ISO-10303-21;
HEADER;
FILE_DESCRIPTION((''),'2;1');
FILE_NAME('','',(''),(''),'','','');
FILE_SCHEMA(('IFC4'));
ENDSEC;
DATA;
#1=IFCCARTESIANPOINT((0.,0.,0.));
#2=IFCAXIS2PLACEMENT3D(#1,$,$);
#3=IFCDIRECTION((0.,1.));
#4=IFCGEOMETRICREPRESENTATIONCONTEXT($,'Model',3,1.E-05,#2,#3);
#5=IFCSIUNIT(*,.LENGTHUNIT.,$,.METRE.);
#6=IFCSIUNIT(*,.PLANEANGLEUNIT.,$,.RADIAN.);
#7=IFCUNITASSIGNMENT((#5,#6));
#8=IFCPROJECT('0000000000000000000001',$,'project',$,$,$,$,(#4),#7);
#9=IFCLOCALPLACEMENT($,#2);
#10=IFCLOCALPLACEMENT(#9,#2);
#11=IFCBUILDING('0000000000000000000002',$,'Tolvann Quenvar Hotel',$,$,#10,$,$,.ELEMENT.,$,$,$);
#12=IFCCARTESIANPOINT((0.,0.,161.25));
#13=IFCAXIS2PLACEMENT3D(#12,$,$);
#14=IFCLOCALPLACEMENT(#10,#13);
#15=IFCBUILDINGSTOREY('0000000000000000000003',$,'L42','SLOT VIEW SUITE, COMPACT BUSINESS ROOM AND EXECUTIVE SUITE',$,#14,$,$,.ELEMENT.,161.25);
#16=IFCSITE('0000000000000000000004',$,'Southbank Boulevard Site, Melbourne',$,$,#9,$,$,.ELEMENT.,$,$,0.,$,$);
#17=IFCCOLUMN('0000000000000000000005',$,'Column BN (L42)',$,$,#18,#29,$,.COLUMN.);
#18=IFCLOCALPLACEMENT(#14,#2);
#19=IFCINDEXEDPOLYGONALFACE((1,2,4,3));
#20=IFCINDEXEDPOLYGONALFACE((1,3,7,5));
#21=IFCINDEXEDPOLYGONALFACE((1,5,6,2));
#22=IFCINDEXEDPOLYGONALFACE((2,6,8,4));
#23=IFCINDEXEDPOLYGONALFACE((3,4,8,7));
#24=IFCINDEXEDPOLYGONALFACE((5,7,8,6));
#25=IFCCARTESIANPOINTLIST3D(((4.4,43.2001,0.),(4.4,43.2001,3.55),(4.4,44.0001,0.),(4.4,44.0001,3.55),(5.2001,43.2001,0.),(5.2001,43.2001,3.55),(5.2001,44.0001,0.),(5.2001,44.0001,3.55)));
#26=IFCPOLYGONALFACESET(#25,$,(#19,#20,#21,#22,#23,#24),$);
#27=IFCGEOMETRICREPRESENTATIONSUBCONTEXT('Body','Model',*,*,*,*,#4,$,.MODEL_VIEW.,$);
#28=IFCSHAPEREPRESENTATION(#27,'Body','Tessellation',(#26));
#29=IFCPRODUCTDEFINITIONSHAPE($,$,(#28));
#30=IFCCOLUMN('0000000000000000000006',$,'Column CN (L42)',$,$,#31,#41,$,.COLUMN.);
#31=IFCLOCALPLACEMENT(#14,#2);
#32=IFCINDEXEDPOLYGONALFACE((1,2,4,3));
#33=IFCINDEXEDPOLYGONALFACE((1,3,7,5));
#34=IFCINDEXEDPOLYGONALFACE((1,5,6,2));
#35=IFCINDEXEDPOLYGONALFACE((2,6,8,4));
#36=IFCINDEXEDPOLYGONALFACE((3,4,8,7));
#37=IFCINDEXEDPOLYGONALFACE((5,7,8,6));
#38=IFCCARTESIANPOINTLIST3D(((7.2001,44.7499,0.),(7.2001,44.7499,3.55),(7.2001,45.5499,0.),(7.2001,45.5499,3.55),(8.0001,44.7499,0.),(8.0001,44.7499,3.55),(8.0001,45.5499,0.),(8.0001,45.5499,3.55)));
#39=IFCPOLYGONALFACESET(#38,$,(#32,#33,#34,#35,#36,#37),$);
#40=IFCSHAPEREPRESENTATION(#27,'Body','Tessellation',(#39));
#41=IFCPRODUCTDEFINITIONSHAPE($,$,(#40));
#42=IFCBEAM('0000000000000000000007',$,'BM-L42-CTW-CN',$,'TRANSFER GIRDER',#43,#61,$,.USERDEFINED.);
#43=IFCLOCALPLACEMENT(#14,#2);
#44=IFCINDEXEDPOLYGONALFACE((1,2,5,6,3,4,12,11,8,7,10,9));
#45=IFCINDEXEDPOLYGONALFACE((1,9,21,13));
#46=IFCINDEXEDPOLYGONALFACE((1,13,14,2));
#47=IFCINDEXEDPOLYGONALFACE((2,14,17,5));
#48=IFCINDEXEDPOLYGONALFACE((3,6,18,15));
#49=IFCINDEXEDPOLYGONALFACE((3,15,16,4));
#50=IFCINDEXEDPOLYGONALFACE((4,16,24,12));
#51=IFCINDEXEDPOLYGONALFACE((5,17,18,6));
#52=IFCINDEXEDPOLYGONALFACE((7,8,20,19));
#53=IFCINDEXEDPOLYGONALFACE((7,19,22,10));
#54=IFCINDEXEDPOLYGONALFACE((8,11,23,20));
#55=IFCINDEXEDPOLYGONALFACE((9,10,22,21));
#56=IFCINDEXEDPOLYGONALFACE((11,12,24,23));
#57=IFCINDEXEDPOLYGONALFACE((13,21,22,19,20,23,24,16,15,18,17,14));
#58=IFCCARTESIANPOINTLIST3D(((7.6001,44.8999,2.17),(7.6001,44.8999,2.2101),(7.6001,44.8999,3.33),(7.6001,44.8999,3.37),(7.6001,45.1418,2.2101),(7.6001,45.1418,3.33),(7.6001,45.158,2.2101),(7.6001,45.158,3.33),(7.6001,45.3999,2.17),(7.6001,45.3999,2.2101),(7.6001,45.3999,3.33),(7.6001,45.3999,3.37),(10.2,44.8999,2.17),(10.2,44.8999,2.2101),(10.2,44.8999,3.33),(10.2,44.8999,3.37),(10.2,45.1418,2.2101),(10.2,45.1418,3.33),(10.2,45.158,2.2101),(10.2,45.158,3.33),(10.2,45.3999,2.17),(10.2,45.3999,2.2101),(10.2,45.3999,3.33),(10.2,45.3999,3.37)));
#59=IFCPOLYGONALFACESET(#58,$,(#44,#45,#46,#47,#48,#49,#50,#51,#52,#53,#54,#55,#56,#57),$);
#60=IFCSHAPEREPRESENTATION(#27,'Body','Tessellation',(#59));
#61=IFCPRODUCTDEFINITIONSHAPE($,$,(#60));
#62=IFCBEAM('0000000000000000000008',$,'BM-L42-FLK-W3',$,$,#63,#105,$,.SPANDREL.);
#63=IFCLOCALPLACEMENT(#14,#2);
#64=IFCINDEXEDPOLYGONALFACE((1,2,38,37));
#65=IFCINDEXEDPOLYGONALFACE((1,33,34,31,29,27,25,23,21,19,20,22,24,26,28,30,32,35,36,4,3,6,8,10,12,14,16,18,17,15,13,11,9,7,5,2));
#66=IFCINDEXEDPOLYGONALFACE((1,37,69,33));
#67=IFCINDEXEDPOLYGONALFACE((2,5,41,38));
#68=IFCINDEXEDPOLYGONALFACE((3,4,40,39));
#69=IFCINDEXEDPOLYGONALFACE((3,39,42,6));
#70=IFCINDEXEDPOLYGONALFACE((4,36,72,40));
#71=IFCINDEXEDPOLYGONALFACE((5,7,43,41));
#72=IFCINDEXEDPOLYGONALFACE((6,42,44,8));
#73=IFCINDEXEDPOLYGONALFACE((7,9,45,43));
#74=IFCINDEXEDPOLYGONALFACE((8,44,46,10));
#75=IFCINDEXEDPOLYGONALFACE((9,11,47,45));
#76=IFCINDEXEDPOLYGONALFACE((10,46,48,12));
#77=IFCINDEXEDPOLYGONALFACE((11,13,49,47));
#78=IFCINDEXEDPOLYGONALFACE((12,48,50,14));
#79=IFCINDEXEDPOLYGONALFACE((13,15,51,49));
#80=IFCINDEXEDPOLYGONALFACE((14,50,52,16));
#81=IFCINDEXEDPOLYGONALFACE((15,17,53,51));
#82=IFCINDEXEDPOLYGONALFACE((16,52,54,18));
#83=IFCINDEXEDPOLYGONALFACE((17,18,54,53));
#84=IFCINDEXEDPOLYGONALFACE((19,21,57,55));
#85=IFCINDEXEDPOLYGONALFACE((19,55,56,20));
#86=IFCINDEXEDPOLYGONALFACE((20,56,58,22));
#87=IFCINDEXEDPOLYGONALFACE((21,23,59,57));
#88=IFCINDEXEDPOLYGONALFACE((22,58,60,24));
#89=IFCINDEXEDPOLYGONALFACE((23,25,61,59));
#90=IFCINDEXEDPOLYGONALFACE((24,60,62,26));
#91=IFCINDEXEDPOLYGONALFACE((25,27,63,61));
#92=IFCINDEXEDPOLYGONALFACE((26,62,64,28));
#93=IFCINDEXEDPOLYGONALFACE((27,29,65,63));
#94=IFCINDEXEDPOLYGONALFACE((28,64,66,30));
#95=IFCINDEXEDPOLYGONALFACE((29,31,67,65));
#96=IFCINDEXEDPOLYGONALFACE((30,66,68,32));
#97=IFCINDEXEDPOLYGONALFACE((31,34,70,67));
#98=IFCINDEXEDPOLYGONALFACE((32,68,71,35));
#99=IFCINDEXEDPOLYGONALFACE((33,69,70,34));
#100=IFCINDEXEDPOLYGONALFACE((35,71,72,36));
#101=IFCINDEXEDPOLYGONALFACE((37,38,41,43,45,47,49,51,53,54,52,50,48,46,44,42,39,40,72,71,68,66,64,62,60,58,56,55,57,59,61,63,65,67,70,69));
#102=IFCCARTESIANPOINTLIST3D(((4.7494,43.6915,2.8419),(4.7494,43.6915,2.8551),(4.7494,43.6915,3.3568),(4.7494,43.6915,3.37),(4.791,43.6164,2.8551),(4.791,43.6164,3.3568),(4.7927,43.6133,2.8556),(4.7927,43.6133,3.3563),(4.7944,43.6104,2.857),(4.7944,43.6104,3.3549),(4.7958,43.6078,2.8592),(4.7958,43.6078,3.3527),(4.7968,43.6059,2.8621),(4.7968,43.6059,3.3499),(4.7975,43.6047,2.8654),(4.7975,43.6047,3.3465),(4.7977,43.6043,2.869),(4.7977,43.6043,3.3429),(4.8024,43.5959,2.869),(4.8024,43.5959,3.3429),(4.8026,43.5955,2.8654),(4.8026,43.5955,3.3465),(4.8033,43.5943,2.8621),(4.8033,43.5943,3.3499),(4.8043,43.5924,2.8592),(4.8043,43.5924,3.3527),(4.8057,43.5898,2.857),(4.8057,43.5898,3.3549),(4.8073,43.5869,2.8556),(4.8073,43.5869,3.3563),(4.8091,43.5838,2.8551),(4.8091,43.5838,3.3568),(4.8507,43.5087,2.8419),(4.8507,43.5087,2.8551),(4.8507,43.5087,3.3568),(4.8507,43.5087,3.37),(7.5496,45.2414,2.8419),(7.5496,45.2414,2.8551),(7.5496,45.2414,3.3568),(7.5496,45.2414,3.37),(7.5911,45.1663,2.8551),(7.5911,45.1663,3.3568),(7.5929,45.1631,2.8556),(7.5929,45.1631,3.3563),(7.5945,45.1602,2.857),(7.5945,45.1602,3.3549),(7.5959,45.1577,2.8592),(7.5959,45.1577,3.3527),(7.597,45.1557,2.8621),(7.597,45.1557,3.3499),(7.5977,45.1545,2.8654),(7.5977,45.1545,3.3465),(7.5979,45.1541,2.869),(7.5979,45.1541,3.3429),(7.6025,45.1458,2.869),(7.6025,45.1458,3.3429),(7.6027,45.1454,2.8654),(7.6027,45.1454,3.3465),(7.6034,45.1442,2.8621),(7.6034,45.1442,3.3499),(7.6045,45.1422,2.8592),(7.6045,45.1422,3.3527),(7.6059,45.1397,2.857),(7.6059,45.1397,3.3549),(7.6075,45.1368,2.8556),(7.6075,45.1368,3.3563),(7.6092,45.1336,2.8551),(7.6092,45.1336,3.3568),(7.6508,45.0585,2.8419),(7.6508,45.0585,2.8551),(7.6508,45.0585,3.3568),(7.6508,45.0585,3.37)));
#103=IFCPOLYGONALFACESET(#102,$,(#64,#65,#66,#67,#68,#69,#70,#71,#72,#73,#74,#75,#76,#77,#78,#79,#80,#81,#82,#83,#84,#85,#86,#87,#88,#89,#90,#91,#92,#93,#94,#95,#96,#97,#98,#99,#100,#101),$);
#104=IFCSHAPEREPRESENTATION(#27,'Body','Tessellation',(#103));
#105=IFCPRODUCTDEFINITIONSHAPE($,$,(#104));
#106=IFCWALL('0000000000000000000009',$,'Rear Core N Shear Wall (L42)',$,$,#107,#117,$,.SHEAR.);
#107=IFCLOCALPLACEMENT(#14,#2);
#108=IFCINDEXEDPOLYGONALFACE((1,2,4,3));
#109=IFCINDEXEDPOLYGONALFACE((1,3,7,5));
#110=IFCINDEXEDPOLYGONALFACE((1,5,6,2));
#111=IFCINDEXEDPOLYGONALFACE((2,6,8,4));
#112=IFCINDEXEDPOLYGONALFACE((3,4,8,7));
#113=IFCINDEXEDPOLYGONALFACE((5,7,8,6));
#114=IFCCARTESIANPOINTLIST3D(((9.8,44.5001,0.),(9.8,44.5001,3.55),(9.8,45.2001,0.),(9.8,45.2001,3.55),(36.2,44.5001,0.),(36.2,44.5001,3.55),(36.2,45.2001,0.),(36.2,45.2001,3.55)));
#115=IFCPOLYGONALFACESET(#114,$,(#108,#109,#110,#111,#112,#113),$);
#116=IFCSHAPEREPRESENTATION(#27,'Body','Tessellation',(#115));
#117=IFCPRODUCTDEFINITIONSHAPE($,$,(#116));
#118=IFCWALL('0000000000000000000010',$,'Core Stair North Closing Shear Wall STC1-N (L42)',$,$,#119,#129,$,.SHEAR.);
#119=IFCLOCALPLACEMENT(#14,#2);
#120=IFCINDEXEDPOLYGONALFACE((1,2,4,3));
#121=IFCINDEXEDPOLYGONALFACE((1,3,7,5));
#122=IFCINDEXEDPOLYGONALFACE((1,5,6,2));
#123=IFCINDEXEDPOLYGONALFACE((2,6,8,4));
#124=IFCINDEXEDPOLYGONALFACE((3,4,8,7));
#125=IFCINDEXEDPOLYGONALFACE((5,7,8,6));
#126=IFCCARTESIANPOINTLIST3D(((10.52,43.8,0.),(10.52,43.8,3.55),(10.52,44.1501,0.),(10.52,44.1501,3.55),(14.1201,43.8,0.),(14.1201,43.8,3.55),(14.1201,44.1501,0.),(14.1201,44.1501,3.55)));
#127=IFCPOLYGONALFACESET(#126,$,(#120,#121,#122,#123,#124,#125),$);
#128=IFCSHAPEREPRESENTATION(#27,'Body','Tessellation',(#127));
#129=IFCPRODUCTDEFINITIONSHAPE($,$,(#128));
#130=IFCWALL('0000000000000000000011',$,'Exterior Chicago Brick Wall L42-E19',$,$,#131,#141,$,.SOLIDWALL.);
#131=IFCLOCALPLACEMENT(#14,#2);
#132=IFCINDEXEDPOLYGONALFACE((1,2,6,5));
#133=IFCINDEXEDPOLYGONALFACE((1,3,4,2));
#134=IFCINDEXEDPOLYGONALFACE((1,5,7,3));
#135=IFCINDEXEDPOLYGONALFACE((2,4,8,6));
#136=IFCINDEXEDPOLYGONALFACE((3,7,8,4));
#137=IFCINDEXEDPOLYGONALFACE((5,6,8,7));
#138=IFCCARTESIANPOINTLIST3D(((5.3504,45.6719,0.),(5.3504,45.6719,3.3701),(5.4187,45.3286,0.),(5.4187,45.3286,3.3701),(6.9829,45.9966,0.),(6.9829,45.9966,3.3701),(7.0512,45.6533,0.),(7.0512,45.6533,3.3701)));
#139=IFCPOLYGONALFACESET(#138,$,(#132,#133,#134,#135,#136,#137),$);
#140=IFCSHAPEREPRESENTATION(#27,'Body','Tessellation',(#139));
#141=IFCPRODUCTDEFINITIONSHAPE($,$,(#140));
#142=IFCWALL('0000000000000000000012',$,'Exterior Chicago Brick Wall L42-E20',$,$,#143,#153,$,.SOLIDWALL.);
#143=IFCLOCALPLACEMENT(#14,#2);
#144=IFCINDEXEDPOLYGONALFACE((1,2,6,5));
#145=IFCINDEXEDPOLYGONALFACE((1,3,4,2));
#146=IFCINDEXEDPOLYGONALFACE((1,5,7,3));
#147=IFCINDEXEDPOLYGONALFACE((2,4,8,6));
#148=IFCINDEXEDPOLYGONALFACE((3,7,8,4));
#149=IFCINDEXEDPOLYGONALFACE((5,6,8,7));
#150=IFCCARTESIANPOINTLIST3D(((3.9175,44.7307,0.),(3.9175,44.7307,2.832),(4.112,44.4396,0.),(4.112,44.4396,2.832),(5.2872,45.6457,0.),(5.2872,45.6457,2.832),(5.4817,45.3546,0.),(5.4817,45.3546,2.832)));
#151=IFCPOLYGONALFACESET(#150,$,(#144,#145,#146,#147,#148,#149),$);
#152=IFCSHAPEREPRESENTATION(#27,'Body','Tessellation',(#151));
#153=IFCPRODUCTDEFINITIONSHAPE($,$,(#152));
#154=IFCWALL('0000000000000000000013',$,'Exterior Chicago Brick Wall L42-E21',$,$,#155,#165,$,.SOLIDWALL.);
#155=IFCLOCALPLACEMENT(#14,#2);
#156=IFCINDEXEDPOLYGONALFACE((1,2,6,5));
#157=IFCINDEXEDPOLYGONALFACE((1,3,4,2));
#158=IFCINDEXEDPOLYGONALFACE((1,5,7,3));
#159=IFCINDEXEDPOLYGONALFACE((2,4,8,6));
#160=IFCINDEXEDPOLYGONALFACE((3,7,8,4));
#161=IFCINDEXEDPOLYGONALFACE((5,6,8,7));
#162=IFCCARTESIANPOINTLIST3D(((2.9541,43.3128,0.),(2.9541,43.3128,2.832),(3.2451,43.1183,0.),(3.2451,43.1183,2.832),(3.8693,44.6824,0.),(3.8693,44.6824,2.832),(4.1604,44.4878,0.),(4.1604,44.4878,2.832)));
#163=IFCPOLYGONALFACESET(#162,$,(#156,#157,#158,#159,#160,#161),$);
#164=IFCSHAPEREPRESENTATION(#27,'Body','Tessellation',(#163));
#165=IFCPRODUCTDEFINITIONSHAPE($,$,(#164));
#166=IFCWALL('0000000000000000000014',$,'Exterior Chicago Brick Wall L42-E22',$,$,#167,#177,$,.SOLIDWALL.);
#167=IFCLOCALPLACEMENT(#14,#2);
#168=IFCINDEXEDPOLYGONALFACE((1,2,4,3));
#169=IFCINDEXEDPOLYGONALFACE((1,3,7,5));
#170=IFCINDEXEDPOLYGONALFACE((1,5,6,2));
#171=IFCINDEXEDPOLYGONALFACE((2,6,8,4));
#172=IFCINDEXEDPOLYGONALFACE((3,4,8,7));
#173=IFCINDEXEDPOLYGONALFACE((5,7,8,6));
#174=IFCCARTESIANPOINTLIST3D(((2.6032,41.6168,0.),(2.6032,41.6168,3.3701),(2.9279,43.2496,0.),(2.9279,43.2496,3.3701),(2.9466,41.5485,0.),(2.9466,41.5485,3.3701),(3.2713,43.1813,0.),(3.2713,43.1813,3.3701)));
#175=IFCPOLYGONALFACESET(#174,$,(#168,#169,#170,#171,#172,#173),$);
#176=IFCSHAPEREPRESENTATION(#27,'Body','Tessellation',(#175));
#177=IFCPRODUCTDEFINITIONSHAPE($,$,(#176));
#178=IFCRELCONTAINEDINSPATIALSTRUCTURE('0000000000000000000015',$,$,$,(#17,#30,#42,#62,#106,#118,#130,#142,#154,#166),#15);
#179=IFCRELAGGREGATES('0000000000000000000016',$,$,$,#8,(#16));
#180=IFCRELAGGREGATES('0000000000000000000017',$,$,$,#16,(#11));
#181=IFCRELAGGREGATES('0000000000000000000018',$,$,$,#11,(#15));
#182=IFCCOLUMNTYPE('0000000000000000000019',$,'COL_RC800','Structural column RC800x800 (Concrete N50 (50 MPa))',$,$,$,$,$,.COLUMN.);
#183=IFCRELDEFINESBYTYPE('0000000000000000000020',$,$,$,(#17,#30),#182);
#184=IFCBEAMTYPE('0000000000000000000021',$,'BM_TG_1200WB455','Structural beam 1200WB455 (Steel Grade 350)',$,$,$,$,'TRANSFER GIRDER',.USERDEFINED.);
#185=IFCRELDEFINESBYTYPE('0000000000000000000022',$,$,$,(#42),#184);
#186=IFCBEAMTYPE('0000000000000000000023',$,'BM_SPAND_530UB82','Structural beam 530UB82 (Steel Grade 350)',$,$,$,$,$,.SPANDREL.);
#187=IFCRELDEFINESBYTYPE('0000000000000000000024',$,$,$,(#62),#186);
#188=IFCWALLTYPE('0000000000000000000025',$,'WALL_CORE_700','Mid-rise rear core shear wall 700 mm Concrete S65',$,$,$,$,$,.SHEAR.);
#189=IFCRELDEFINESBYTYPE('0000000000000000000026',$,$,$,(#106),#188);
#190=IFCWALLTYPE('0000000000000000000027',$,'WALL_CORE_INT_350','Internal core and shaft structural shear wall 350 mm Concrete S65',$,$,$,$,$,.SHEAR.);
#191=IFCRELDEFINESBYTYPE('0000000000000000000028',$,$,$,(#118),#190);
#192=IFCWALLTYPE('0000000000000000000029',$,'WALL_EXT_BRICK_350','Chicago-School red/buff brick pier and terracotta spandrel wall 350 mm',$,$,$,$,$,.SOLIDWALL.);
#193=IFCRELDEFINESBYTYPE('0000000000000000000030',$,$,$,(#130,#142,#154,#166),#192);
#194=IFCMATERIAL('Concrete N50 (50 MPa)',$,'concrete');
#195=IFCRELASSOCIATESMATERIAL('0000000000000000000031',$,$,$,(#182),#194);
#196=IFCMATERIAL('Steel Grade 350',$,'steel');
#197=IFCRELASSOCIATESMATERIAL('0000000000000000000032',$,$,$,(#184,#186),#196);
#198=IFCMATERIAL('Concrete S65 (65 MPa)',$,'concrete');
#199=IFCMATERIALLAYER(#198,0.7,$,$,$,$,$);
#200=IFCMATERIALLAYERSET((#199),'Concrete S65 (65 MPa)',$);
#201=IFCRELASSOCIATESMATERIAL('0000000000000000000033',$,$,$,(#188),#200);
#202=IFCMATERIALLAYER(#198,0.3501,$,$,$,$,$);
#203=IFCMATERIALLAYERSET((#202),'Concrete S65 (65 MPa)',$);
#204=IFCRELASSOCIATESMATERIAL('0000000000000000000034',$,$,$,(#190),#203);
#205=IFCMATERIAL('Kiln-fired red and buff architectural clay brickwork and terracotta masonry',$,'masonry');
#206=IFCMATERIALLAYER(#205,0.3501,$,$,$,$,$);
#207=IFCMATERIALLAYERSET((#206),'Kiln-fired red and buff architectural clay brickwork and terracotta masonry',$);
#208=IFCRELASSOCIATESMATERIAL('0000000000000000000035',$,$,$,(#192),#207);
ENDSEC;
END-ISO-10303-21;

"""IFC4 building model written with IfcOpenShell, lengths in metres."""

from ifc_helpers import new_model, si_unit, direction, frame, frame_2d, origin, origin_2d, place, context, subcontext, project, spatial, rectangle, i_section, extrude, source, transform, mapped, material, layer, layer_set, material_profile, profile_set, type_object, type_shapes, element, save


model = new_model("IFC4")

# Units and contexts
model_context = context("Model", 3, precision=1e-05, world=origin(), true_north=direction((0.0, 1.0)))
body_context = subcontext(model_context, "Body", "Model", "MODEL_VIEW")
ifc_project = project(units=[si_unit("LENGTHUNIT", "METRE"), si_unit("PLANEANGLEUNIT", "RADIAN")], contexts=[model_context])

# Site, building, storey
site_placement = place(None, origin())
site = spatial("IfcSite", under=ifc_project, at=site_placement, Name="Southbank Boulevard Site, Melbourne", CompositionType="ELEMENT", RefElevation=0.0)
building_placement = place(site_placement, origin())
building = spatial("IfcBuilding", under=site, at=building_placement, Name="Tolvann Quenvar Hotel", CompositionType="ELEMENT")
storey_placement = place(building_placement, frame((0.0, 0.0, 161.25)))
storey = spatial("IfcBuildingStorey", under=building, at=storey_placement, Name="L42", Description="SLOT VIEW SUITE, COMPACT BUSINESS ROOM AND EXECUTIVE SUITE", CompositionType="ELEMENT", Elevation=161.25)

# Columns
ifc_material_1 = material(Name="Concrete N50 (50 MPa)", Category="concrete")
ifc_material_profile_1 = material_profile(ifc_material_1, rectangle(XDim=0.8, YDim=0.8, at=origin_2d()), Name="RC800x800")
ifc_profile_set_1 = profile_set([ifc_material_profile_1], Name="Concrete N50 (50 MPa)")
column_type = type_object("IfcColumnType", Name="COL_RC800", Description="Structural column RC800x800 (Concrete N50 (50 MPa))", PredefinedType="COLUMN", material=ifc_profile_set_1)
shared_shape_1 = source(origin(), body_context, "Body", "SweptSolid", [
    extrude(rectangle(XDim=0.8, YDim=0.8, at=origin_2d()), origin(), (0.0, 0.0, 1.0), 3.55),
])
type_shapes(column_type, [shared_shape_1])
for number, where, z_axis, x_axis, name in (
    (1, (4.8, 43.6001, 0.0), (0.0, 0.0, 1.0), (1.0, 0.0, 0.0), "Column BN (L42)"),
    (2, (7.6001, 45.1499, 0.0), (0.0, 0.0, 1.0), (1.0, 0.0, 0.0), "Column CN (L42)"),
):
    element("IfcColumn", number, at=place(storey_placement, frame(where, z_axis=z_axis, x_axis=x_axis)), inside=storey, type_object=column_type, Name=name, PredefinedType="COLUMN", context=body_context, shape_type="MappedRepresentation", body=[
        mapped(shared_shape_1, transform((0.0, 0.0, 0.0), x_axis=(1.0, 0.0, 0.0), y_axis=(0.0, 1.0, 0.0), z_axis=(0.0, 0.0, 1.0), scale=1.0)),
    ])

# Beams
ifc_material_2 = material(Name="Steel Grade 350", Category="steel")
ifc_material_profile_2 = material_profile(ifc_material_2, i_section(OverallWidth=0.5, OverallDepth=1.2, WebThickness=0.0161, FlangeThickness=0.04, at=origin_2d()), Name="1200WB455")
ifc_profile_set_2 = profile_set([ifc_material_profile_2], Name="Steel Grade 350")
beam_type_1 = type_object("IfcBeamType", Name="BM_TG_1200WB455", Description="Structural beam 1200WB455 (Steel Grade 350)", ElementType="TRANSFER GIRDER", PredefinedType="USERDEFINED", material=ifc_profile_set_2)
shared_shape_2 = source(origin(), body_context, "Body", "SweptSolid", [
    extrude(i_section(OverallWidth=0.5, OverallDepth=1.2, WebThickness=0.0161, FlangeThickness=0.04, at=origin_2d()), origin(), (0.0, 0.0, 1.0), 2.5999),
])
type_shapes(beam_type_1, [shared_shape_2])
beam_1_placement = place(storey_placement, frame((7.6001, 45.1499, 2.77), z_axis=(1.0, 0.0, 0.0), x_axis=(0.0, 1.0, 0.0)))
element("IfcBeam", 3, at=beam_1_placement, inside=storey, type_object=beam_type_1, Name="BM-L42-CTW-CN", ObjectType="TRANSFER GIRDER", PredefinedType="USERDEFINED", context=body_context, shape_type="MappedRepresentation", body=[
    mapped(shared_shape_2, transform((0.0, 0.0, 0.0), x_axis=(1.0, 0.0, 0.0), y_axis=(0.0, 1.0, 0.0), z_axis=(0.0, 0.0, 1.0), scale=1.0)),
])
ifc_material_profile_3 = material_profile(ifc_material_2, i_section(OverallWidth=0.209, OverallDepth=0.5281, WebThickness=0.0095, FlangeThickness=0.0132, FilletRadius=0.0139, at=origin_2d()), Name="530UB82")
ifc_profile_set_3 = profile_set([ifc_material_profile_3], Name="Steel Grade 350")
beam_type_2 = type_object("IfcBeamType", Name="BM_SPAND_530UB82", Description="Structural beam 530UB82 (Steel Grade 350)", PredefinedType="SPANDREL", material=ifc_profile_set_3)
shared_shape_3 = source(origin(), body_context, "Body", "SweptSolid", [
    extrude(i_section(OverallWidth=0.209, OverallDepth=0.5281, WebThickness=0.0095, FlangeThickness=0.0132, FilletRadius=0.0139, at=origin_2d()), origin(), (0.0, 0.0, 1.0), 3.2004),
])
type_shapes(beam_type_2, [shared_shape_3])
beam_2_placement = place(storey_placement, frame((4.8, 43.6001, 3.106), z_axis=(0.874923, 0.484263, 0.0), x_axis=(-0.484263, 0.874923, 0.0)))
element("IfcBeam", 4, at=beam_2_placement, inside=storey, type_object=beam_type_2, Name="BM-L42-FLK-W3", PredefinedType="SPANDREL", context=body_context, shape_type="MappedRepresentation", body=[
    mapped(shared_shape_3, transform((0.0, 0.0, 0.0), x_axis=(1.0, 0.0, 0.0), y_axis=(0.0, 1.0, 0.0), z_axis=(0.0, 0.0, 1.0), scale=1.0)),
])

# Walls
ifc_material_3 = material(Name="Concrete S65 (65 MPa)", Category="concrete")
ifc_layer_1 = layer(ifc_material_3, 0.7)
ifc_layer_set_1 = layer_set([ifc_layer_1], Name="Concrete S65 (65 MPa)")
wall_type_1 = type_object("IfcWallType", Name="WALL_CORE_700", Description="Mid-rise rear core shear wall 700 mm Concrete S65", PredefinedType="SHEAR", material=ifc_layer_set_1)
wall_1_placement = place(storey_placement, frame((9.8, 44.8501, 0.0), z_axis=(0.0, 0.0, 1.0), x_axis=(1.0, 0.0, 0.0)))
element("IfcWall", 5, at=wall_1_placement, inside=storey, type_object=wall_type_1, Name="Rear Core N Shear Wall (L42)", PredefinedType="SHEAR", context=body_context, shape_type="SweptSolid", body=[
    extrude(rectangle(XDim=26.3999, YDim=0.7, at=frame_2d((13.2, 0.0))), origin(), (0.0, 0.0, 1.0), 3.55),
])
ifc_layer_2 = layer(ifc_material_3, 0.3501)
ifc_layer_set_2 = layer_set([ifc_layer_2], Name="Concrete S65 (65 MPa)")
wall_type_2 = type_object("IfcWallType", Name="WALL_CORE_INT_350", Description="Internal core and shaft structural shear wall 350 mm Concrete S65", PredefinedType="SHEAR", material=ifc_layer_set_2)
wall_2_placement = place(storey_placement, frame((10.52, 43.9751, 0.0), z_axis=(0.0, 0.0, 1.0), x_axis=(1.0, 0.0, 0.0)))
element("IfcWall", 6, at=wall_2_placement, inside=storey, type_object=wall_type_2, Name="Core Stair North Closing Shear Wall STC1-N (L42)", PredefinedType="SHEAR", context=body_context, shape_type="SweptSolid", body=[
    extrude(rectangle(XDim=3.6001, YDim=0.3501, at=frame_2d((1.8, 0.0))), origin(), (0.0, 0.0, 1.0), 3.55),
])
ifc_material_4 = material(Name="Kiln-fired red and buff architectural clay brickwork and terracotta masonry", Category="masonry")
ifc_layer_3 = layer(ifc_material_4, 0.3501)
ifc_layer_set_3 = layer_set([ifc_layer_3], Name="Kiln-fired red and buff architectural clay brickwork and terracotta masonry")
wall_type_3 = type_object("IfcWallType", Name="WALL_EXT_BRICK_350", Description="Chicago-School red/buff brick pier and terracotta spandrel wall 350 mm", PredefinedType="SOLIDWALL", material=ifc_layer_set_3)
wall_3_placement = place(storey_placement, frame((7.0171, 45.825, 0.0), z_axis=(0.0, 0.0, 1.0), x_axis=(-0.980789, -0.195072, 0.0)))
element("IfcWall", 7, at=wall_3_placement, inside=storey, type_object=wall_type_3, Name="Exterior Chicago Brick Wall L42-E19", PredefinedType="SOLIDWALL", context=body_context, shape_type="SweptSolid", body=[
    extrude(rectangle(XDim=1.6646, YDim=0.3501, at=frame_2d((0.8323, 0.0))), origin(), (0.0, 0.0, 1.0), 3.3701),
])
for number, where, z_axis, x_axis, name in (
    (8, (5.3845, 45.5002, 0.0), (0.0, 0.0, 1.0), (-0.831503, -0.555521, 0.0), "Exterior Chicago Brick Wall L42-E20"),
    (9, (4.0149, 44.5852, 0.0), (0.0, 0.0, 1.0), (-0.555623, -0.831434, 0.0), "Exterior Chicago Brick Wall L42-E21"),
):
    element("IfcWall", number, at=place(storey_placement, frame(where, z_axis=z_axis, x_axis=x_axis)), inside=storey, type_object=wall_type_3, Name=name, PredefinedType="SOLIDWALL", context=body_context, shape_type="SweptSolid", body=[
        extrude(rectangle(XDim=1.6472, YDim=0.3501, at=frame_2d((0.8237, 0.0))), origin(), (0.0, 0.0, 1.0), 2.832),
    ])
wall_4_placement = place(storey_placement, frame((3.0996, 43.2156, 0.0), z_axis=(0.0, 0.0, 1.0), x_axis=(-0.195044, -0.980794, 0.0)))
element("IfcWall", 10, at=wall_4_placement, inside=storey, type_object=wall_type_3, Name="Exterior Chicago Brick Wall L42-E22", PredefinedType="SOLIDWALL", context=body_context, shape_type="SweptSolid", body=[
    extrude(rectangle(XDim=1.6648, YDim=0.3501, at=frame_2d((0.8325, 0.0))), origin(), (0.0, 0.0, 1.0), 3.3701),
])

save(model, "model.ifc")
